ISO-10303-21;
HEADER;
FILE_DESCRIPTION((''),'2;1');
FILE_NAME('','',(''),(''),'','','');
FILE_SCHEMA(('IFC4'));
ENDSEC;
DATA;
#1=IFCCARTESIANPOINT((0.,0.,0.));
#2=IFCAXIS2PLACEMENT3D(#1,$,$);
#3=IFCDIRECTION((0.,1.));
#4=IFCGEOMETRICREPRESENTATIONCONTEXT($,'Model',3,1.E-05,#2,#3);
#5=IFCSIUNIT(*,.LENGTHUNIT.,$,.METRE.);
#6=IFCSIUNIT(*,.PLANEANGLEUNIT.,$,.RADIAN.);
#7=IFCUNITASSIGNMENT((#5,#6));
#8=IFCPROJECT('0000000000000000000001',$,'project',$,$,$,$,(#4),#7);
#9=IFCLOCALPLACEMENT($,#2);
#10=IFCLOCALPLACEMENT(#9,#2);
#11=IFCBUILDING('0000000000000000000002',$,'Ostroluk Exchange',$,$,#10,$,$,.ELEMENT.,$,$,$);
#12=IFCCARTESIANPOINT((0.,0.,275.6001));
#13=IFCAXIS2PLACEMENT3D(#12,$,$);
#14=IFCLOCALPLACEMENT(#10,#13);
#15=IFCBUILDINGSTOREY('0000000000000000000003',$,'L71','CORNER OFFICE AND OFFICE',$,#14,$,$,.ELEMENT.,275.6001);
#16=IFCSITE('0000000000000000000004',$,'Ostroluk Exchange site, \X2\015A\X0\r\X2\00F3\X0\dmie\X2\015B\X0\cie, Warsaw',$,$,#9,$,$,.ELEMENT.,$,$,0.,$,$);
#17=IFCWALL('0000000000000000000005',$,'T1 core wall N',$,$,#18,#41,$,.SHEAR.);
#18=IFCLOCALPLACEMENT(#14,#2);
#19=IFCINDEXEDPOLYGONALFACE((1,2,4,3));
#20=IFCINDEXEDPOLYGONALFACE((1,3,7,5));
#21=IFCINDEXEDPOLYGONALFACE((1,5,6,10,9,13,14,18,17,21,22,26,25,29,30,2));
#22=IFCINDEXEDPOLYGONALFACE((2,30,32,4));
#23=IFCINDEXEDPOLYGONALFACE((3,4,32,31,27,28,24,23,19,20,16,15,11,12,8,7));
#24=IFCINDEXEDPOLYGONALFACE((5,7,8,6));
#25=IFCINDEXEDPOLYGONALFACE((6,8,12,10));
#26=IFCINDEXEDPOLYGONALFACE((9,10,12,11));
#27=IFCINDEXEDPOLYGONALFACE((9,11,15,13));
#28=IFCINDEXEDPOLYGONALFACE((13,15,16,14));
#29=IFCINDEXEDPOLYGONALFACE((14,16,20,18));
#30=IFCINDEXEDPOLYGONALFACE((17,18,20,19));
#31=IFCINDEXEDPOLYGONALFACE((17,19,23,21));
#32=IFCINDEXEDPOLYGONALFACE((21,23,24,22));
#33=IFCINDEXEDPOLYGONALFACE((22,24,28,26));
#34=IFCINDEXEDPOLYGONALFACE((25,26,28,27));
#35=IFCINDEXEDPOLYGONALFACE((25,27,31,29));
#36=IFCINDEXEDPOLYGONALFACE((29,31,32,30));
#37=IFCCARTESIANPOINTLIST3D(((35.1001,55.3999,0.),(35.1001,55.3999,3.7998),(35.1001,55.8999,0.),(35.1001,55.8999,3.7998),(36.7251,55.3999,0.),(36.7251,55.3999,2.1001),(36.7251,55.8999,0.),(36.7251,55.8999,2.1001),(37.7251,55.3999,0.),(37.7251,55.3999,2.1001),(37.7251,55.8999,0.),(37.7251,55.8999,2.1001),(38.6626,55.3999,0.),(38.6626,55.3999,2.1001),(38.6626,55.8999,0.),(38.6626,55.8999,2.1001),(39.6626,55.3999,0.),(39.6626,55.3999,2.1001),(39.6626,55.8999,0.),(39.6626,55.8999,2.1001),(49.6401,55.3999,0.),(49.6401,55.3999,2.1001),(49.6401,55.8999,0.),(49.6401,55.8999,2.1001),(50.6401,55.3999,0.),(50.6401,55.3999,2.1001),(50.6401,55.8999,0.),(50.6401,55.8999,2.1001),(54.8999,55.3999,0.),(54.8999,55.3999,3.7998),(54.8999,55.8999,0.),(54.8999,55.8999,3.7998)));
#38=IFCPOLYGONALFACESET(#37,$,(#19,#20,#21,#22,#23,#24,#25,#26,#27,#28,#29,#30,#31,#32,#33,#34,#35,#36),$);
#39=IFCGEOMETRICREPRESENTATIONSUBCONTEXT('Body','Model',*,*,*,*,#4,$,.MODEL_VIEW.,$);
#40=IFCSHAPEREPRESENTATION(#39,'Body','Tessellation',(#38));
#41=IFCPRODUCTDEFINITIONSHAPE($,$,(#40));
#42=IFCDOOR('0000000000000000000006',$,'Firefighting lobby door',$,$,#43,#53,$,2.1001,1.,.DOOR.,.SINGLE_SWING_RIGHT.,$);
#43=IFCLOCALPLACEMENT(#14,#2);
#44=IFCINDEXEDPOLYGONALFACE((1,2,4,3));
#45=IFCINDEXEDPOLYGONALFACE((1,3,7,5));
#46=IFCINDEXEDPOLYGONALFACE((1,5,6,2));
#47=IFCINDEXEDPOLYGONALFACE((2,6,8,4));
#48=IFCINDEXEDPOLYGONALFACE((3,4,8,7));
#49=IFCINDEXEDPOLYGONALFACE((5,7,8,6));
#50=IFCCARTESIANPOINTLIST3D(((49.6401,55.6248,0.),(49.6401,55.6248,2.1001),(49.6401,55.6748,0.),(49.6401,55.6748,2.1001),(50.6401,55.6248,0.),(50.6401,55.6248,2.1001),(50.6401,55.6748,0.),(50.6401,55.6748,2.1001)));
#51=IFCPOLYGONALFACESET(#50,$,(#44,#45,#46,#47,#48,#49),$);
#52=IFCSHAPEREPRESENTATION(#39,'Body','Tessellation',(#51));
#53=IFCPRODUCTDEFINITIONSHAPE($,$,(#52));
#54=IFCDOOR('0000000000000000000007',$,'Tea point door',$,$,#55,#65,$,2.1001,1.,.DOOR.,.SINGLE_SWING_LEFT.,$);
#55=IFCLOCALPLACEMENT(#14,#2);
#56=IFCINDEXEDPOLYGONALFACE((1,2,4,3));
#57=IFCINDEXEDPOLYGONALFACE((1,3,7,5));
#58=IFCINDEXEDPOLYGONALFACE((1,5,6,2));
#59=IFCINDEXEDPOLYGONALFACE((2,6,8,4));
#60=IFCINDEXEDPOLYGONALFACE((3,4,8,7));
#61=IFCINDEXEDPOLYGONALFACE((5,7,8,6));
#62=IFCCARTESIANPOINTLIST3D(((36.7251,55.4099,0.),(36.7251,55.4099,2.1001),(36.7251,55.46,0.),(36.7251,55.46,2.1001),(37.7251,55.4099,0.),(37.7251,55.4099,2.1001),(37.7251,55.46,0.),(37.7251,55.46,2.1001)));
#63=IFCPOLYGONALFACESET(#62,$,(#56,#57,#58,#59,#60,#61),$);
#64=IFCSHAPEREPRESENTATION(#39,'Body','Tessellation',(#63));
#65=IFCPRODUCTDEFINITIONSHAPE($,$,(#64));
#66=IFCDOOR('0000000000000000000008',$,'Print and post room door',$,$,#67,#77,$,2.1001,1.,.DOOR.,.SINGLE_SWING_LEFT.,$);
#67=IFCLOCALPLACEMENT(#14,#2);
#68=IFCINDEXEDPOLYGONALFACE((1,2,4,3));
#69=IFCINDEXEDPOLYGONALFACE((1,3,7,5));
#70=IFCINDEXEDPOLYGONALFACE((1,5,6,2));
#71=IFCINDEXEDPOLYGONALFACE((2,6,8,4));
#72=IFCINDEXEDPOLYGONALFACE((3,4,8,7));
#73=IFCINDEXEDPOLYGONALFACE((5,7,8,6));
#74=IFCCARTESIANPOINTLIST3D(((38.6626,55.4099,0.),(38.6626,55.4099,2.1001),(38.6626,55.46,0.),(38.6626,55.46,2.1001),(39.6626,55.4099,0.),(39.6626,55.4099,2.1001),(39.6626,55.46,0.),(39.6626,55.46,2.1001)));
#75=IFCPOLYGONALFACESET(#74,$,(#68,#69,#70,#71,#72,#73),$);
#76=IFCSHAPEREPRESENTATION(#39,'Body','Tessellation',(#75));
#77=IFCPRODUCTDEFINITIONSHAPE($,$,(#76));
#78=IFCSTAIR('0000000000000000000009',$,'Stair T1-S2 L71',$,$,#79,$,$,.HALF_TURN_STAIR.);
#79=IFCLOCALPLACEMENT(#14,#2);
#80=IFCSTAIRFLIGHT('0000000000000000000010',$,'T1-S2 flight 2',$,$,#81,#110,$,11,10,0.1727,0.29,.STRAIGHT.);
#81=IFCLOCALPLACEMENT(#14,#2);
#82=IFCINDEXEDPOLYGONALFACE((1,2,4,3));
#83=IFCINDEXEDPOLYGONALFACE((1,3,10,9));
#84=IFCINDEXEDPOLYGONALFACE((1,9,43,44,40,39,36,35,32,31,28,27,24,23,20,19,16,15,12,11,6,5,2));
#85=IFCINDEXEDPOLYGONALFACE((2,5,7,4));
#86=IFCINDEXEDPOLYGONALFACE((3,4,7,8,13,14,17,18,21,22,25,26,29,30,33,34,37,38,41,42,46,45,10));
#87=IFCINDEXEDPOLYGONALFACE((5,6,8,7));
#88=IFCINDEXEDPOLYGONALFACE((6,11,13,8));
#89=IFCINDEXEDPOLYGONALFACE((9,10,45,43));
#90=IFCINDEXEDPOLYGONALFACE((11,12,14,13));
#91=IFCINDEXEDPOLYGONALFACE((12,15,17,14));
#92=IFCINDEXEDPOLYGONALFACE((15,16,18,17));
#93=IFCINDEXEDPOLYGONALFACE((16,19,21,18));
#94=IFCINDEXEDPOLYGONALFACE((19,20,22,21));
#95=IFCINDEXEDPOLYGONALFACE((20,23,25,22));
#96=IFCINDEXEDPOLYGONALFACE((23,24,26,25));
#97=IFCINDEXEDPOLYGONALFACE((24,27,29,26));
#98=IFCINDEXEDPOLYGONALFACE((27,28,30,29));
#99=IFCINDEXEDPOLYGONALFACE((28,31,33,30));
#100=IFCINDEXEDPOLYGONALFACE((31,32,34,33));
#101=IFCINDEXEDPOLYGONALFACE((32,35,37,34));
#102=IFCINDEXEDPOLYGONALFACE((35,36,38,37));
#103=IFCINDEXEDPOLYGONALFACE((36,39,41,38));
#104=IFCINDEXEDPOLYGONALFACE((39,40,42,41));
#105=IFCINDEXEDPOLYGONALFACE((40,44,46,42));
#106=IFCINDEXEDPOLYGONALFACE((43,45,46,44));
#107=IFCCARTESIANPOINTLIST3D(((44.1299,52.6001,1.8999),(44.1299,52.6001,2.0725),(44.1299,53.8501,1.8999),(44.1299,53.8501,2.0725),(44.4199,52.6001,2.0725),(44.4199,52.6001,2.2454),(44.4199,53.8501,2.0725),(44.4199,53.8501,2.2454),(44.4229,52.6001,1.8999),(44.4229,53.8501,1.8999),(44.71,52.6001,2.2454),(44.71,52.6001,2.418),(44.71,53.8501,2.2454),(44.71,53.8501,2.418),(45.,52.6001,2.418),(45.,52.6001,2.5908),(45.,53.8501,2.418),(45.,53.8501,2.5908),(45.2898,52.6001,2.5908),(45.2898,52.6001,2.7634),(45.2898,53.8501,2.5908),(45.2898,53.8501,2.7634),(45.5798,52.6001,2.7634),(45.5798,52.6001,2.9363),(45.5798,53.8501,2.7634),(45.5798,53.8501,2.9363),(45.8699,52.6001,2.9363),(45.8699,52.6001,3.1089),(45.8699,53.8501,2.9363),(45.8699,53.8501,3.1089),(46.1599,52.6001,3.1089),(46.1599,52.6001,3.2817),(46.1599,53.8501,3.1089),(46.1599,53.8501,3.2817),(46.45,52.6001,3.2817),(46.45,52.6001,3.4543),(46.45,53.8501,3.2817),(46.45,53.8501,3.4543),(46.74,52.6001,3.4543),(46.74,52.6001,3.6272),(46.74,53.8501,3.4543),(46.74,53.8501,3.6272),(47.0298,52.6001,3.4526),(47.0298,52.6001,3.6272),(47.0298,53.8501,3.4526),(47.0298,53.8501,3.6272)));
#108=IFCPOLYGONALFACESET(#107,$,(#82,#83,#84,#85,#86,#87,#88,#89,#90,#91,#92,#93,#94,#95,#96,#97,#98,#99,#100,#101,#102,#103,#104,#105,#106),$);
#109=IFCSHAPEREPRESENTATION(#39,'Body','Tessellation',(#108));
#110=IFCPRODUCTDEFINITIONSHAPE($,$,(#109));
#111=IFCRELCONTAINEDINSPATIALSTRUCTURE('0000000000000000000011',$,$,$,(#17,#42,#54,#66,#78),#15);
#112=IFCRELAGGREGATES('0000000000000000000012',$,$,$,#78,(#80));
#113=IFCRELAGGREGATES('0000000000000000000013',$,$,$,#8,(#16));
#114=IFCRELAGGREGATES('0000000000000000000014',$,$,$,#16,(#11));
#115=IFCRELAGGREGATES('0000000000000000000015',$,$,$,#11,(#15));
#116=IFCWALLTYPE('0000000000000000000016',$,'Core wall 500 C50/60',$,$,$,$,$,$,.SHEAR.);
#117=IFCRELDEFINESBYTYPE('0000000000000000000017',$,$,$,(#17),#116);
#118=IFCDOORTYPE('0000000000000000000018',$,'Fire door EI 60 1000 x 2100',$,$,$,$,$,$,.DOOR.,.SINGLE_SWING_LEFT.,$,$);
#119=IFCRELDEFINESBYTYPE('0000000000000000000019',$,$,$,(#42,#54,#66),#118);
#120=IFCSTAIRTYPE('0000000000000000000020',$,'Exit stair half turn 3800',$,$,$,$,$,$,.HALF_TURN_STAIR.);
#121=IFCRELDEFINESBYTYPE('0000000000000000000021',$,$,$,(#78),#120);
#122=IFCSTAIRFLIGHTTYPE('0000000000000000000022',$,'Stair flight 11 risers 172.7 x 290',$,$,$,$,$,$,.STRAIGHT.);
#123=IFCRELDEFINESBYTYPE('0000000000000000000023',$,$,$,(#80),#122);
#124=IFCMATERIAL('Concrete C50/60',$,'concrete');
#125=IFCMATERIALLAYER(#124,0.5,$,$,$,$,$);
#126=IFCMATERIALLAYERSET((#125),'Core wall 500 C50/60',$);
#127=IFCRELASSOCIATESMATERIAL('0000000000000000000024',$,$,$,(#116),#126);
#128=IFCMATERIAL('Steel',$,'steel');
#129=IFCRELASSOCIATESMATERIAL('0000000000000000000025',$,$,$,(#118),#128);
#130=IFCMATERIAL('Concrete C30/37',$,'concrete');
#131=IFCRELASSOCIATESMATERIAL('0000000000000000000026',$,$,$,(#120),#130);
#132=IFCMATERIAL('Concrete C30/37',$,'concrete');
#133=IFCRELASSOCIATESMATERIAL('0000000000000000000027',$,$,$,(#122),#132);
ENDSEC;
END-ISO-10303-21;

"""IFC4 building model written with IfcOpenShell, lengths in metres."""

from ifc_helpers import new_model, si_unit, direction, frame, frame_2d, origin, place, context, subcontext, project, spatial, polyline, rectangle, outline, extrude, material, layer, layer_set, type_object, element, fill, aggregate, save


model = new_model("IFC4")

# Units and contexts
model_context = context("Model", 3, precision=1e-05, world=origin(), true_north=direction((0.0, 1.0)))
body_context = subcontext(model_context, "Body", "Model", "MODEL_VIEW")
ifc_project = project(units=[si_unit("LENGTHUNIT", "METRE"), si_unit("PLANEANGLEUNIT", "RADIAN")], contexts=[model_context])

# Site, building, storey
site_placement = place(None, origin())
site = spatial("IfcSite", under=ifc_project, at=site_placement, Name="Ostroluk Exchange site, Śródmieście, Warsaw", CompositionType="ELEMENT", RefElevation=0.0)
building_placement = place(site_placement, origin())
building = spatial("IfcBuilding", under=site, at=building_placement, Name="Ostroluk Exchange", CompositionType="ELEMENT")
storey_placement = place(building_placement, frame((0.0, 0.0, 275.6001)))
storey = spatial("IfcBuildingStorey", under=building, at=storey_placement, Name="L71", Description="CORNER OFFICE AND OFFICE", CompositionType="ELEMENT", Elevation=275.6001)

# Wall, openings, doors
ifc_material_1 = material(Name="Concrete C50/60", Category="concrete")
ifc_layer_1 = layer(ifc_material_1, 0.5)
ifc_layer_set_1 = layer_set([ifc_layer_1], Name="Core wall 500 C50/60")
wall_type_1 = type_object("IfcWallType", Name="Core wall 500 C50/60", PredefinedType="SHEAR", material=ifc_layer_set_1)
wall_1_placement = place(storey_placement, frame((35.1001, 55.6499, 0.0), z_axis=(0.0, 0.0, 1.0), x_axis=(1.0, 0.0, 0.0)))
wall_1 = element("IfcWall", 1, at=wall_1_placement, inside=storey, type_object=wall_type_1, Name="T1 core wall N", PredefinedType="SHEAR", context=body_context, shape_type="SweptSolid", body=[
    extrude(rectangle(XDim=19.7998, YDim=0.5, at=frame_2d((9.8999, 0.0))), origin(), (0.0, 0.0, 1.0), 3.7998),
])
opening_1_placement = place(wall_1_placement, frame((14.54, 0.0, 0.0)))
opening_1 = element("IfcOpeningElement", 2, at=opening_1_placement, cuts=wall_1, PredefinedType="OPENING", context=body_context, shape_type="SweptSolid", body=[
    extrude(rectangle(XDim=1.0, YDim=2.1001, at=frame_2d((0.5, 1.05))), frame((0.0, 0.26, 0.0), z_axis=(0.0, -1.0, 0.0), x_axis=(1.0, 0.0, 0.0)), (0.0, 0.0, 1.0), 0.52),
])
opening_2_placement = place(wall_1_placement, frame((1.625, 0.0, 0.0)))
opening_2 = element("IfcOpeningElement", 3, at=opening_2_placement, cuts=wall_1, PredefinedType="OPENING", context=body_context, shape_type="SweptSolid", body=[
    extrude(rectangle(XDim=1.0, YDim=2.1001, at=frame_2d((0.5, 1.05))), frame((0.0, 0.26, 0.0), z_axis=(0.0, -1.0, 0.0), x_axis=(1.0, 0.0, 0.0)), (0.0, 0.0, 1.0), 0.52),
])
opening_3_placement = place(wall_1_placement, frame((3.5625, 0.0, 0.0)))
opening_3 = element("IfcOpeningElement", 4, at=opening_3_placement, cuts=wall_1, PredefinedType="OPENING", context=body_context, shape_type="SweptSolid", body=[
    extrude(rectangle(XDim=1.0, YDim=2.1001, at=frame_2d((0.5, 1.05))), frame((0.0, 0.26, 0.0), z_axis=(0.0, -1.0, 0.0), x_axis=(1.0, 0.0, 0.0)), (0.0, 0.0, 1.0), 0.52),
])
ifc_material_2 = material(Name="Steel", Category="steel")
door_type = type_object("IfcDoorType", Name="Fire door EI 60 1000 x 2100", OperationType="SINGLE_SWING_LEFT", PredefinedType="DOOR", material=ifc_material_2)
door_1_placement = place(opening_1_placement, origin())
door_1 = element("IfcDoor", 5, at=door_1_placement, inside=storey, type_object=door_type, Name="Firefighting lobby door", OperationType="SINGLE_SWING_RIGHT", OverallHeight=2.1001, OverallWidth=1.0, PredefinedType="DOOR", context=body_context, shape_type="SweptSolid", body=[
    extrude(rectangle(XDim=1.0, YDim=2.1001, at=frame_2d((0.5, 1.05))), frame((0.0, 0.0249, 0.0), z_axis=(0.0, -1.0, 0.0), x_axis=(1.0, 0.0, 0.0)), (0.0, 0.0, 1.0), 0.05),
])
fill(opening_1, door_1)
door_2_placement = place(opening_2_placement, origin())
door_2 = element("IfcDoor", 6, at=door_2_placement, inside=storey, type_object=door_type, Name="Tea point door", OperationType="SINGLE_SWING_LEFT", OverallHeight=2.1001, OverallWidth=1.0, PredefinedType="DOOR", context=body_context, shape_type="SweptSolid", body=[
    extrude(rectangle(XDim=1.0, YDim=2.1001, at=frame_2d((0.5, 1.05))), frame((0.0, -0.1899, 0.0), z_axis=(0.0, -1.0, 0.0), x_axis=(1.0, 0.0, 0.0)), (0.0, 0.0, 1.0), 0.05),
])
fill(opening_2, door_2)
door_3_placement = place(opening_3_placement, origin())
door_3 = element("IfcDoor", 7, at=door_3_placement, inside=storey, type_object=door_type, Name="Print and post room door", OperationType="SINGLE_SWING_LEFT", OverallHeight=2.1001, OverallWidth=1.0, PredefinedType="DOOR", context=body_context, shape_type="SweptSolid", body=[
    extrude(rectangle(XDim=1.0, YDim=2.1001, at=frame_2d((0.5, 1.05))), frame((0.0, -0.1899, 0.0), z_axis=(0.0, -1.0, 0.0), x_axis=(1.0, 0.0, 0.0)), (0.0, 0.0, 1.0), 0.05),
])
fill(opening_3, door_3)

# Stair, stair flight
ifc_material_3 = material(Name="Concrete C30/37", Category="concrete")
stair_type = type_object("IfcStairType", Name="Exit stair half turn 3800", PredefinedType="HALF_TURN_STAIR", material=ifc_material_3)
stair_placement = place(storey_placement, origin())
stair = element("IfcStair", 8, at=stair_placement, inside=storey, type_object=stair_type, Name="Stair T1-S2 L71", PredefinedType="HALF_TURN_STAIR")
ifc_material_4 = material(Name="Concrete C30/37", Category="concrete")
stair_flight_type = type_object("IfcStairFlightType", Name="Stair flight 11 risers 172.7 x 290", PredefinedType="STRAIGHT", material=ifc_material_4)
stair_flight_placement = place(storey_placement, frame((44.1299, 53.2251, 1.8999), z_axis=(0.0, 0.0, 1.0), x_axis=(1.0, 0.0, 0.0)))
stair_flight = element("IfcStairFlight", 9, at=stair_flight_placement, type_object=stair_flight_type, Name="T1-S2 flight 2", NumberOfRisers=11, NumberOfTreads=10, PredefinedType="STRAIGHT", RiserHeight=0.1727, TreadLength=0.29, context=body_context, shape_type="SweptSolid", body=[
    extrude(outline(polyline([(0.0, 0.0), (0.0, 0.1726), (0.29, 0.1726), (0.29, 0.3455), (0.5801, 0.3455), (0.5801, 0.5181), (0.8701, 0.5181), (0.8701, 0.6909), (1.1599, 0.6909), (1.1599, 0.8635), (1.45, 0.8635), (1.45, 1.0364), (1.74, 1.0364), (1.74, 1.209), (2.03, 1.209), (2.03, 1.3818), (2.3201, 1.3818), (2.3201, 1.5544), (2.6101, 1.5544), (2.6101, 1.7273), (2.8999, 1.7273), (2.8999, 1.8999), (2.8999, 1.5527), (0.293, 0.0), (0.0, 0.0)])), frame((0.0, 0.625, 0.0), z_axis=(0.0, -1.0, 0.0), x_axis=(1.0, 0.0, 0.0)), (0.0, 0.0, 1.0), 1.25),
])
aggregate(stair, [stair_flight])

save(model, "model.ifc")
